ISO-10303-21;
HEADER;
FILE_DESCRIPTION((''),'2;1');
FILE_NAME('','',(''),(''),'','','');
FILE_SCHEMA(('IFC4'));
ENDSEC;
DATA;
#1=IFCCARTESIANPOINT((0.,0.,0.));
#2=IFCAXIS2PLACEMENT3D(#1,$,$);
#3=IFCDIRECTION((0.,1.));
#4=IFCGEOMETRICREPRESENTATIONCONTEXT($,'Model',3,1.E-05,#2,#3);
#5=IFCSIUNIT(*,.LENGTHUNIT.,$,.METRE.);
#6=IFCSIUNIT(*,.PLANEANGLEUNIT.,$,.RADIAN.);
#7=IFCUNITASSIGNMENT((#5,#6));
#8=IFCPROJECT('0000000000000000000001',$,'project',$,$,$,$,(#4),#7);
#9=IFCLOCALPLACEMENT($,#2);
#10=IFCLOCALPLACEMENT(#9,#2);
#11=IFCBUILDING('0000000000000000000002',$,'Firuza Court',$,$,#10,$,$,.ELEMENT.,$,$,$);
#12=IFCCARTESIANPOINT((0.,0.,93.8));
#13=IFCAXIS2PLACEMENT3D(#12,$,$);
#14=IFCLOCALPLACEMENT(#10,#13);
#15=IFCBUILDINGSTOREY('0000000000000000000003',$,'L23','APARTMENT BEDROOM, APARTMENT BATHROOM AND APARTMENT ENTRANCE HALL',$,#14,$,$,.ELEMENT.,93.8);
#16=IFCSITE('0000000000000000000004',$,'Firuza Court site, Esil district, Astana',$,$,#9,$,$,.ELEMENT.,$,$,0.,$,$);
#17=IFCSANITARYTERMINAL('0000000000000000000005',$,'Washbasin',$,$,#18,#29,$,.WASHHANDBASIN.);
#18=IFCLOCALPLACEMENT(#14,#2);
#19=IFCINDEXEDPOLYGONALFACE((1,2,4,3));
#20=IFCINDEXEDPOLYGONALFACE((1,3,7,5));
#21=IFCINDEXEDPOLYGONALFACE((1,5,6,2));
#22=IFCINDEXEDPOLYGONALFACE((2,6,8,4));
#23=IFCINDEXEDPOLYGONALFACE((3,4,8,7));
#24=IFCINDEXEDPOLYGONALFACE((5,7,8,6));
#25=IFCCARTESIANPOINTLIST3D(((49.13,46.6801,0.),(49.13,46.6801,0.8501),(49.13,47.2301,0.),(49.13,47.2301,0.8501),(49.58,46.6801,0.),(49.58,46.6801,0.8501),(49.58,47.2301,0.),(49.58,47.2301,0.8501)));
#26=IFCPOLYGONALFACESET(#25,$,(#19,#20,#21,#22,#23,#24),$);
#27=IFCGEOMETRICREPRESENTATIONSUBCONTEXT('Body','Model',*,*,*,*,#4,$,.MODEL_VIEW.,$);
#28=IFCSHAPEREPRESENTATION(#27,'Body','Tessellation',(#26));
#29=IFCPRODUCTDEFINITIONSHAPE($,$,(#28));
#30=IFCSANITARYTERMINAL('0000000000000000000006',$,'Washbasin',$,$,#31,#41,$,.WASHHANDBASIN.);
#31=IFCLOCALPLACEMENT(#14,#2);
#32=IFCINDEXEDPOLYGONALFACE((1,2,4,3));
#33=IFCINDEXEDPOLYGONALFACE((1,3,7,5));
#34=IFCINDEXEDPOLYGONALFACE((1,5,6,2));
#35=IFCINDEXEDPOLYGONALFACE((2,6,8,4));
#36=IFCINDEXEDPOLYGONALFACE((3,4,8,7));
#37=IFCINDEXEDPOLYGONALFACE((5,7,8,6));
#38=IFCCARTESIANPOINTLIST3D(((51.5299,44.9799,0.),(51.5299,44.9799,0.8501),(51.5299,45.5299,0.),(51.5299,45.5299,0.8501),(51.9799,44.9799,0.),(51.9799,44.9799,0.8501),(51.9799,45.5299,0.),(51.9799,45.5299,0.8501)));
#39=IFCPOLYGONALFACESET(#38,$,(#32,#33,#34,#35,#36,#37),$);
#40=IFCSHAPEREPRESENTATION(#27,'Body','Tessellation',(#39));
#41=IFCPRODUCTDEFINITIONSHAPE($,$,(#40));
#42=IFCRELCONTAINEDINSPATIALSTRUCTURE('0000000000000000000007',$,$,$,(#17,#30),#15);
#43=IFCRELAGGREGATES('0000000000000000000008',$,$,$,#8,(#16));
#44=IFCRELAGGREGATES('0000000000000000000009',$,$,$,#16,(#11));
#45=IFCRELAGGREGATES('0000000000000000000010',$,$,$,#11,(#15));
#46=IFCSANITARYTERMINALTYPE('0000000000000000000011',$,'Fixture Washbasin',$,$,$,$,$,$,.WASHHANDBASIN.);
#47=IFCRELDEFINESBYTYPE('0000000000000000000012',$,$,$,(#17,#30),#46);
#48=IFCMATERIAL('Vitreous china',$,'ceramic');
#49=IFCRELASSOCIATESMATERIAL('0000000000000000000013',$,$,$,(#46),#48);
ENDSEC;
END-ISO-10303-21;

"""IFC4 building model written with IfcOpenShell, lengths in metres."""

from ifc_helpers import new_model, si_unit, direction, frame, origin, origin_2d, place, context, subcontext, project, spatial, rectangle, extrude, material, type_object, element, save


model = new_model("IFC4")

# Units and contexts
model_context = context("Model", 3, precision=1e-05, world=origin(), true_north=direction((0.0, 1.0)))
body_context = subcontext(model_context, "Body", "Model", "MODEL_VIEW")
ifc_project = project(units=[si_unit("LENGTHUNIT", "METRE"), si_unit("PLANEANGLEUNIT", "RADIAN")], contexts=[model_context])

# Site, building, storey
site_placement = place(None, origin())
site = spatial("IfcSite", under=ifc_project, at=site_placement, Name="Firuza Court site, Esil district, Astana", CompositionType="ELEMENT", RefElevation=0.0)
building_placement = place(site_placement, origin())
building = spatial("IfcBuilding", under=site, at=building_placement, Name="Firuza Court", CompositionType="ELEMENT")
storey_placement = place(building_placement, frame((0.0, 0.0, 93.8)))
storey = spatial("IfcBuildingStorey", under=building, at=storey_placement, Name="L23", Description="APARTMENT BEDROOM, APARTMENT BATHROOM AND APARTMENT ENTRANCE HALL", CompositionType="ELEMENT", Elevation=93.8)

# Sanitary terminals
ifc_material_1 = material(Name="Vitreous china", Category="ceramic")
sanitary_terminal_type_1 = type_object("IfcSanitaryTerminalType", Name="Fixture Washbasin", PredefinedType="WASHHANDBASIN", material=ifc_material_1)
for number, where, z_axis, x_axis, name in (
    (1, (49.355, 46.9551, 0.0), (0.0, 0.0, 1.0), (1.0, 0.0, 0.0), "Washbasin"),
    (2, (51.7549, 45.2549, 0.0), (0.0, 0.0, 1.0), (1.0, 0.0, 0.0), "Washbasin"),
):
    element("IfcSanitaryTerminal", number, at=place(storey_placement, frame(where, z_axis=z_axis, x_axis=x_axis)), inside=storey, type_object=sanitary_terminal_type_1, Name=name, PredefinedType="WASHHANDBASIN", context=body_context, shape_type="SweptSolid", body=[
        extrude(rectangle(XDim=0.45, YDim=0.55, at=origin_2d()), origin(), (0.0, 0.0, 1.0), 0.8501),
    ])

save(model, "model.ifc")
